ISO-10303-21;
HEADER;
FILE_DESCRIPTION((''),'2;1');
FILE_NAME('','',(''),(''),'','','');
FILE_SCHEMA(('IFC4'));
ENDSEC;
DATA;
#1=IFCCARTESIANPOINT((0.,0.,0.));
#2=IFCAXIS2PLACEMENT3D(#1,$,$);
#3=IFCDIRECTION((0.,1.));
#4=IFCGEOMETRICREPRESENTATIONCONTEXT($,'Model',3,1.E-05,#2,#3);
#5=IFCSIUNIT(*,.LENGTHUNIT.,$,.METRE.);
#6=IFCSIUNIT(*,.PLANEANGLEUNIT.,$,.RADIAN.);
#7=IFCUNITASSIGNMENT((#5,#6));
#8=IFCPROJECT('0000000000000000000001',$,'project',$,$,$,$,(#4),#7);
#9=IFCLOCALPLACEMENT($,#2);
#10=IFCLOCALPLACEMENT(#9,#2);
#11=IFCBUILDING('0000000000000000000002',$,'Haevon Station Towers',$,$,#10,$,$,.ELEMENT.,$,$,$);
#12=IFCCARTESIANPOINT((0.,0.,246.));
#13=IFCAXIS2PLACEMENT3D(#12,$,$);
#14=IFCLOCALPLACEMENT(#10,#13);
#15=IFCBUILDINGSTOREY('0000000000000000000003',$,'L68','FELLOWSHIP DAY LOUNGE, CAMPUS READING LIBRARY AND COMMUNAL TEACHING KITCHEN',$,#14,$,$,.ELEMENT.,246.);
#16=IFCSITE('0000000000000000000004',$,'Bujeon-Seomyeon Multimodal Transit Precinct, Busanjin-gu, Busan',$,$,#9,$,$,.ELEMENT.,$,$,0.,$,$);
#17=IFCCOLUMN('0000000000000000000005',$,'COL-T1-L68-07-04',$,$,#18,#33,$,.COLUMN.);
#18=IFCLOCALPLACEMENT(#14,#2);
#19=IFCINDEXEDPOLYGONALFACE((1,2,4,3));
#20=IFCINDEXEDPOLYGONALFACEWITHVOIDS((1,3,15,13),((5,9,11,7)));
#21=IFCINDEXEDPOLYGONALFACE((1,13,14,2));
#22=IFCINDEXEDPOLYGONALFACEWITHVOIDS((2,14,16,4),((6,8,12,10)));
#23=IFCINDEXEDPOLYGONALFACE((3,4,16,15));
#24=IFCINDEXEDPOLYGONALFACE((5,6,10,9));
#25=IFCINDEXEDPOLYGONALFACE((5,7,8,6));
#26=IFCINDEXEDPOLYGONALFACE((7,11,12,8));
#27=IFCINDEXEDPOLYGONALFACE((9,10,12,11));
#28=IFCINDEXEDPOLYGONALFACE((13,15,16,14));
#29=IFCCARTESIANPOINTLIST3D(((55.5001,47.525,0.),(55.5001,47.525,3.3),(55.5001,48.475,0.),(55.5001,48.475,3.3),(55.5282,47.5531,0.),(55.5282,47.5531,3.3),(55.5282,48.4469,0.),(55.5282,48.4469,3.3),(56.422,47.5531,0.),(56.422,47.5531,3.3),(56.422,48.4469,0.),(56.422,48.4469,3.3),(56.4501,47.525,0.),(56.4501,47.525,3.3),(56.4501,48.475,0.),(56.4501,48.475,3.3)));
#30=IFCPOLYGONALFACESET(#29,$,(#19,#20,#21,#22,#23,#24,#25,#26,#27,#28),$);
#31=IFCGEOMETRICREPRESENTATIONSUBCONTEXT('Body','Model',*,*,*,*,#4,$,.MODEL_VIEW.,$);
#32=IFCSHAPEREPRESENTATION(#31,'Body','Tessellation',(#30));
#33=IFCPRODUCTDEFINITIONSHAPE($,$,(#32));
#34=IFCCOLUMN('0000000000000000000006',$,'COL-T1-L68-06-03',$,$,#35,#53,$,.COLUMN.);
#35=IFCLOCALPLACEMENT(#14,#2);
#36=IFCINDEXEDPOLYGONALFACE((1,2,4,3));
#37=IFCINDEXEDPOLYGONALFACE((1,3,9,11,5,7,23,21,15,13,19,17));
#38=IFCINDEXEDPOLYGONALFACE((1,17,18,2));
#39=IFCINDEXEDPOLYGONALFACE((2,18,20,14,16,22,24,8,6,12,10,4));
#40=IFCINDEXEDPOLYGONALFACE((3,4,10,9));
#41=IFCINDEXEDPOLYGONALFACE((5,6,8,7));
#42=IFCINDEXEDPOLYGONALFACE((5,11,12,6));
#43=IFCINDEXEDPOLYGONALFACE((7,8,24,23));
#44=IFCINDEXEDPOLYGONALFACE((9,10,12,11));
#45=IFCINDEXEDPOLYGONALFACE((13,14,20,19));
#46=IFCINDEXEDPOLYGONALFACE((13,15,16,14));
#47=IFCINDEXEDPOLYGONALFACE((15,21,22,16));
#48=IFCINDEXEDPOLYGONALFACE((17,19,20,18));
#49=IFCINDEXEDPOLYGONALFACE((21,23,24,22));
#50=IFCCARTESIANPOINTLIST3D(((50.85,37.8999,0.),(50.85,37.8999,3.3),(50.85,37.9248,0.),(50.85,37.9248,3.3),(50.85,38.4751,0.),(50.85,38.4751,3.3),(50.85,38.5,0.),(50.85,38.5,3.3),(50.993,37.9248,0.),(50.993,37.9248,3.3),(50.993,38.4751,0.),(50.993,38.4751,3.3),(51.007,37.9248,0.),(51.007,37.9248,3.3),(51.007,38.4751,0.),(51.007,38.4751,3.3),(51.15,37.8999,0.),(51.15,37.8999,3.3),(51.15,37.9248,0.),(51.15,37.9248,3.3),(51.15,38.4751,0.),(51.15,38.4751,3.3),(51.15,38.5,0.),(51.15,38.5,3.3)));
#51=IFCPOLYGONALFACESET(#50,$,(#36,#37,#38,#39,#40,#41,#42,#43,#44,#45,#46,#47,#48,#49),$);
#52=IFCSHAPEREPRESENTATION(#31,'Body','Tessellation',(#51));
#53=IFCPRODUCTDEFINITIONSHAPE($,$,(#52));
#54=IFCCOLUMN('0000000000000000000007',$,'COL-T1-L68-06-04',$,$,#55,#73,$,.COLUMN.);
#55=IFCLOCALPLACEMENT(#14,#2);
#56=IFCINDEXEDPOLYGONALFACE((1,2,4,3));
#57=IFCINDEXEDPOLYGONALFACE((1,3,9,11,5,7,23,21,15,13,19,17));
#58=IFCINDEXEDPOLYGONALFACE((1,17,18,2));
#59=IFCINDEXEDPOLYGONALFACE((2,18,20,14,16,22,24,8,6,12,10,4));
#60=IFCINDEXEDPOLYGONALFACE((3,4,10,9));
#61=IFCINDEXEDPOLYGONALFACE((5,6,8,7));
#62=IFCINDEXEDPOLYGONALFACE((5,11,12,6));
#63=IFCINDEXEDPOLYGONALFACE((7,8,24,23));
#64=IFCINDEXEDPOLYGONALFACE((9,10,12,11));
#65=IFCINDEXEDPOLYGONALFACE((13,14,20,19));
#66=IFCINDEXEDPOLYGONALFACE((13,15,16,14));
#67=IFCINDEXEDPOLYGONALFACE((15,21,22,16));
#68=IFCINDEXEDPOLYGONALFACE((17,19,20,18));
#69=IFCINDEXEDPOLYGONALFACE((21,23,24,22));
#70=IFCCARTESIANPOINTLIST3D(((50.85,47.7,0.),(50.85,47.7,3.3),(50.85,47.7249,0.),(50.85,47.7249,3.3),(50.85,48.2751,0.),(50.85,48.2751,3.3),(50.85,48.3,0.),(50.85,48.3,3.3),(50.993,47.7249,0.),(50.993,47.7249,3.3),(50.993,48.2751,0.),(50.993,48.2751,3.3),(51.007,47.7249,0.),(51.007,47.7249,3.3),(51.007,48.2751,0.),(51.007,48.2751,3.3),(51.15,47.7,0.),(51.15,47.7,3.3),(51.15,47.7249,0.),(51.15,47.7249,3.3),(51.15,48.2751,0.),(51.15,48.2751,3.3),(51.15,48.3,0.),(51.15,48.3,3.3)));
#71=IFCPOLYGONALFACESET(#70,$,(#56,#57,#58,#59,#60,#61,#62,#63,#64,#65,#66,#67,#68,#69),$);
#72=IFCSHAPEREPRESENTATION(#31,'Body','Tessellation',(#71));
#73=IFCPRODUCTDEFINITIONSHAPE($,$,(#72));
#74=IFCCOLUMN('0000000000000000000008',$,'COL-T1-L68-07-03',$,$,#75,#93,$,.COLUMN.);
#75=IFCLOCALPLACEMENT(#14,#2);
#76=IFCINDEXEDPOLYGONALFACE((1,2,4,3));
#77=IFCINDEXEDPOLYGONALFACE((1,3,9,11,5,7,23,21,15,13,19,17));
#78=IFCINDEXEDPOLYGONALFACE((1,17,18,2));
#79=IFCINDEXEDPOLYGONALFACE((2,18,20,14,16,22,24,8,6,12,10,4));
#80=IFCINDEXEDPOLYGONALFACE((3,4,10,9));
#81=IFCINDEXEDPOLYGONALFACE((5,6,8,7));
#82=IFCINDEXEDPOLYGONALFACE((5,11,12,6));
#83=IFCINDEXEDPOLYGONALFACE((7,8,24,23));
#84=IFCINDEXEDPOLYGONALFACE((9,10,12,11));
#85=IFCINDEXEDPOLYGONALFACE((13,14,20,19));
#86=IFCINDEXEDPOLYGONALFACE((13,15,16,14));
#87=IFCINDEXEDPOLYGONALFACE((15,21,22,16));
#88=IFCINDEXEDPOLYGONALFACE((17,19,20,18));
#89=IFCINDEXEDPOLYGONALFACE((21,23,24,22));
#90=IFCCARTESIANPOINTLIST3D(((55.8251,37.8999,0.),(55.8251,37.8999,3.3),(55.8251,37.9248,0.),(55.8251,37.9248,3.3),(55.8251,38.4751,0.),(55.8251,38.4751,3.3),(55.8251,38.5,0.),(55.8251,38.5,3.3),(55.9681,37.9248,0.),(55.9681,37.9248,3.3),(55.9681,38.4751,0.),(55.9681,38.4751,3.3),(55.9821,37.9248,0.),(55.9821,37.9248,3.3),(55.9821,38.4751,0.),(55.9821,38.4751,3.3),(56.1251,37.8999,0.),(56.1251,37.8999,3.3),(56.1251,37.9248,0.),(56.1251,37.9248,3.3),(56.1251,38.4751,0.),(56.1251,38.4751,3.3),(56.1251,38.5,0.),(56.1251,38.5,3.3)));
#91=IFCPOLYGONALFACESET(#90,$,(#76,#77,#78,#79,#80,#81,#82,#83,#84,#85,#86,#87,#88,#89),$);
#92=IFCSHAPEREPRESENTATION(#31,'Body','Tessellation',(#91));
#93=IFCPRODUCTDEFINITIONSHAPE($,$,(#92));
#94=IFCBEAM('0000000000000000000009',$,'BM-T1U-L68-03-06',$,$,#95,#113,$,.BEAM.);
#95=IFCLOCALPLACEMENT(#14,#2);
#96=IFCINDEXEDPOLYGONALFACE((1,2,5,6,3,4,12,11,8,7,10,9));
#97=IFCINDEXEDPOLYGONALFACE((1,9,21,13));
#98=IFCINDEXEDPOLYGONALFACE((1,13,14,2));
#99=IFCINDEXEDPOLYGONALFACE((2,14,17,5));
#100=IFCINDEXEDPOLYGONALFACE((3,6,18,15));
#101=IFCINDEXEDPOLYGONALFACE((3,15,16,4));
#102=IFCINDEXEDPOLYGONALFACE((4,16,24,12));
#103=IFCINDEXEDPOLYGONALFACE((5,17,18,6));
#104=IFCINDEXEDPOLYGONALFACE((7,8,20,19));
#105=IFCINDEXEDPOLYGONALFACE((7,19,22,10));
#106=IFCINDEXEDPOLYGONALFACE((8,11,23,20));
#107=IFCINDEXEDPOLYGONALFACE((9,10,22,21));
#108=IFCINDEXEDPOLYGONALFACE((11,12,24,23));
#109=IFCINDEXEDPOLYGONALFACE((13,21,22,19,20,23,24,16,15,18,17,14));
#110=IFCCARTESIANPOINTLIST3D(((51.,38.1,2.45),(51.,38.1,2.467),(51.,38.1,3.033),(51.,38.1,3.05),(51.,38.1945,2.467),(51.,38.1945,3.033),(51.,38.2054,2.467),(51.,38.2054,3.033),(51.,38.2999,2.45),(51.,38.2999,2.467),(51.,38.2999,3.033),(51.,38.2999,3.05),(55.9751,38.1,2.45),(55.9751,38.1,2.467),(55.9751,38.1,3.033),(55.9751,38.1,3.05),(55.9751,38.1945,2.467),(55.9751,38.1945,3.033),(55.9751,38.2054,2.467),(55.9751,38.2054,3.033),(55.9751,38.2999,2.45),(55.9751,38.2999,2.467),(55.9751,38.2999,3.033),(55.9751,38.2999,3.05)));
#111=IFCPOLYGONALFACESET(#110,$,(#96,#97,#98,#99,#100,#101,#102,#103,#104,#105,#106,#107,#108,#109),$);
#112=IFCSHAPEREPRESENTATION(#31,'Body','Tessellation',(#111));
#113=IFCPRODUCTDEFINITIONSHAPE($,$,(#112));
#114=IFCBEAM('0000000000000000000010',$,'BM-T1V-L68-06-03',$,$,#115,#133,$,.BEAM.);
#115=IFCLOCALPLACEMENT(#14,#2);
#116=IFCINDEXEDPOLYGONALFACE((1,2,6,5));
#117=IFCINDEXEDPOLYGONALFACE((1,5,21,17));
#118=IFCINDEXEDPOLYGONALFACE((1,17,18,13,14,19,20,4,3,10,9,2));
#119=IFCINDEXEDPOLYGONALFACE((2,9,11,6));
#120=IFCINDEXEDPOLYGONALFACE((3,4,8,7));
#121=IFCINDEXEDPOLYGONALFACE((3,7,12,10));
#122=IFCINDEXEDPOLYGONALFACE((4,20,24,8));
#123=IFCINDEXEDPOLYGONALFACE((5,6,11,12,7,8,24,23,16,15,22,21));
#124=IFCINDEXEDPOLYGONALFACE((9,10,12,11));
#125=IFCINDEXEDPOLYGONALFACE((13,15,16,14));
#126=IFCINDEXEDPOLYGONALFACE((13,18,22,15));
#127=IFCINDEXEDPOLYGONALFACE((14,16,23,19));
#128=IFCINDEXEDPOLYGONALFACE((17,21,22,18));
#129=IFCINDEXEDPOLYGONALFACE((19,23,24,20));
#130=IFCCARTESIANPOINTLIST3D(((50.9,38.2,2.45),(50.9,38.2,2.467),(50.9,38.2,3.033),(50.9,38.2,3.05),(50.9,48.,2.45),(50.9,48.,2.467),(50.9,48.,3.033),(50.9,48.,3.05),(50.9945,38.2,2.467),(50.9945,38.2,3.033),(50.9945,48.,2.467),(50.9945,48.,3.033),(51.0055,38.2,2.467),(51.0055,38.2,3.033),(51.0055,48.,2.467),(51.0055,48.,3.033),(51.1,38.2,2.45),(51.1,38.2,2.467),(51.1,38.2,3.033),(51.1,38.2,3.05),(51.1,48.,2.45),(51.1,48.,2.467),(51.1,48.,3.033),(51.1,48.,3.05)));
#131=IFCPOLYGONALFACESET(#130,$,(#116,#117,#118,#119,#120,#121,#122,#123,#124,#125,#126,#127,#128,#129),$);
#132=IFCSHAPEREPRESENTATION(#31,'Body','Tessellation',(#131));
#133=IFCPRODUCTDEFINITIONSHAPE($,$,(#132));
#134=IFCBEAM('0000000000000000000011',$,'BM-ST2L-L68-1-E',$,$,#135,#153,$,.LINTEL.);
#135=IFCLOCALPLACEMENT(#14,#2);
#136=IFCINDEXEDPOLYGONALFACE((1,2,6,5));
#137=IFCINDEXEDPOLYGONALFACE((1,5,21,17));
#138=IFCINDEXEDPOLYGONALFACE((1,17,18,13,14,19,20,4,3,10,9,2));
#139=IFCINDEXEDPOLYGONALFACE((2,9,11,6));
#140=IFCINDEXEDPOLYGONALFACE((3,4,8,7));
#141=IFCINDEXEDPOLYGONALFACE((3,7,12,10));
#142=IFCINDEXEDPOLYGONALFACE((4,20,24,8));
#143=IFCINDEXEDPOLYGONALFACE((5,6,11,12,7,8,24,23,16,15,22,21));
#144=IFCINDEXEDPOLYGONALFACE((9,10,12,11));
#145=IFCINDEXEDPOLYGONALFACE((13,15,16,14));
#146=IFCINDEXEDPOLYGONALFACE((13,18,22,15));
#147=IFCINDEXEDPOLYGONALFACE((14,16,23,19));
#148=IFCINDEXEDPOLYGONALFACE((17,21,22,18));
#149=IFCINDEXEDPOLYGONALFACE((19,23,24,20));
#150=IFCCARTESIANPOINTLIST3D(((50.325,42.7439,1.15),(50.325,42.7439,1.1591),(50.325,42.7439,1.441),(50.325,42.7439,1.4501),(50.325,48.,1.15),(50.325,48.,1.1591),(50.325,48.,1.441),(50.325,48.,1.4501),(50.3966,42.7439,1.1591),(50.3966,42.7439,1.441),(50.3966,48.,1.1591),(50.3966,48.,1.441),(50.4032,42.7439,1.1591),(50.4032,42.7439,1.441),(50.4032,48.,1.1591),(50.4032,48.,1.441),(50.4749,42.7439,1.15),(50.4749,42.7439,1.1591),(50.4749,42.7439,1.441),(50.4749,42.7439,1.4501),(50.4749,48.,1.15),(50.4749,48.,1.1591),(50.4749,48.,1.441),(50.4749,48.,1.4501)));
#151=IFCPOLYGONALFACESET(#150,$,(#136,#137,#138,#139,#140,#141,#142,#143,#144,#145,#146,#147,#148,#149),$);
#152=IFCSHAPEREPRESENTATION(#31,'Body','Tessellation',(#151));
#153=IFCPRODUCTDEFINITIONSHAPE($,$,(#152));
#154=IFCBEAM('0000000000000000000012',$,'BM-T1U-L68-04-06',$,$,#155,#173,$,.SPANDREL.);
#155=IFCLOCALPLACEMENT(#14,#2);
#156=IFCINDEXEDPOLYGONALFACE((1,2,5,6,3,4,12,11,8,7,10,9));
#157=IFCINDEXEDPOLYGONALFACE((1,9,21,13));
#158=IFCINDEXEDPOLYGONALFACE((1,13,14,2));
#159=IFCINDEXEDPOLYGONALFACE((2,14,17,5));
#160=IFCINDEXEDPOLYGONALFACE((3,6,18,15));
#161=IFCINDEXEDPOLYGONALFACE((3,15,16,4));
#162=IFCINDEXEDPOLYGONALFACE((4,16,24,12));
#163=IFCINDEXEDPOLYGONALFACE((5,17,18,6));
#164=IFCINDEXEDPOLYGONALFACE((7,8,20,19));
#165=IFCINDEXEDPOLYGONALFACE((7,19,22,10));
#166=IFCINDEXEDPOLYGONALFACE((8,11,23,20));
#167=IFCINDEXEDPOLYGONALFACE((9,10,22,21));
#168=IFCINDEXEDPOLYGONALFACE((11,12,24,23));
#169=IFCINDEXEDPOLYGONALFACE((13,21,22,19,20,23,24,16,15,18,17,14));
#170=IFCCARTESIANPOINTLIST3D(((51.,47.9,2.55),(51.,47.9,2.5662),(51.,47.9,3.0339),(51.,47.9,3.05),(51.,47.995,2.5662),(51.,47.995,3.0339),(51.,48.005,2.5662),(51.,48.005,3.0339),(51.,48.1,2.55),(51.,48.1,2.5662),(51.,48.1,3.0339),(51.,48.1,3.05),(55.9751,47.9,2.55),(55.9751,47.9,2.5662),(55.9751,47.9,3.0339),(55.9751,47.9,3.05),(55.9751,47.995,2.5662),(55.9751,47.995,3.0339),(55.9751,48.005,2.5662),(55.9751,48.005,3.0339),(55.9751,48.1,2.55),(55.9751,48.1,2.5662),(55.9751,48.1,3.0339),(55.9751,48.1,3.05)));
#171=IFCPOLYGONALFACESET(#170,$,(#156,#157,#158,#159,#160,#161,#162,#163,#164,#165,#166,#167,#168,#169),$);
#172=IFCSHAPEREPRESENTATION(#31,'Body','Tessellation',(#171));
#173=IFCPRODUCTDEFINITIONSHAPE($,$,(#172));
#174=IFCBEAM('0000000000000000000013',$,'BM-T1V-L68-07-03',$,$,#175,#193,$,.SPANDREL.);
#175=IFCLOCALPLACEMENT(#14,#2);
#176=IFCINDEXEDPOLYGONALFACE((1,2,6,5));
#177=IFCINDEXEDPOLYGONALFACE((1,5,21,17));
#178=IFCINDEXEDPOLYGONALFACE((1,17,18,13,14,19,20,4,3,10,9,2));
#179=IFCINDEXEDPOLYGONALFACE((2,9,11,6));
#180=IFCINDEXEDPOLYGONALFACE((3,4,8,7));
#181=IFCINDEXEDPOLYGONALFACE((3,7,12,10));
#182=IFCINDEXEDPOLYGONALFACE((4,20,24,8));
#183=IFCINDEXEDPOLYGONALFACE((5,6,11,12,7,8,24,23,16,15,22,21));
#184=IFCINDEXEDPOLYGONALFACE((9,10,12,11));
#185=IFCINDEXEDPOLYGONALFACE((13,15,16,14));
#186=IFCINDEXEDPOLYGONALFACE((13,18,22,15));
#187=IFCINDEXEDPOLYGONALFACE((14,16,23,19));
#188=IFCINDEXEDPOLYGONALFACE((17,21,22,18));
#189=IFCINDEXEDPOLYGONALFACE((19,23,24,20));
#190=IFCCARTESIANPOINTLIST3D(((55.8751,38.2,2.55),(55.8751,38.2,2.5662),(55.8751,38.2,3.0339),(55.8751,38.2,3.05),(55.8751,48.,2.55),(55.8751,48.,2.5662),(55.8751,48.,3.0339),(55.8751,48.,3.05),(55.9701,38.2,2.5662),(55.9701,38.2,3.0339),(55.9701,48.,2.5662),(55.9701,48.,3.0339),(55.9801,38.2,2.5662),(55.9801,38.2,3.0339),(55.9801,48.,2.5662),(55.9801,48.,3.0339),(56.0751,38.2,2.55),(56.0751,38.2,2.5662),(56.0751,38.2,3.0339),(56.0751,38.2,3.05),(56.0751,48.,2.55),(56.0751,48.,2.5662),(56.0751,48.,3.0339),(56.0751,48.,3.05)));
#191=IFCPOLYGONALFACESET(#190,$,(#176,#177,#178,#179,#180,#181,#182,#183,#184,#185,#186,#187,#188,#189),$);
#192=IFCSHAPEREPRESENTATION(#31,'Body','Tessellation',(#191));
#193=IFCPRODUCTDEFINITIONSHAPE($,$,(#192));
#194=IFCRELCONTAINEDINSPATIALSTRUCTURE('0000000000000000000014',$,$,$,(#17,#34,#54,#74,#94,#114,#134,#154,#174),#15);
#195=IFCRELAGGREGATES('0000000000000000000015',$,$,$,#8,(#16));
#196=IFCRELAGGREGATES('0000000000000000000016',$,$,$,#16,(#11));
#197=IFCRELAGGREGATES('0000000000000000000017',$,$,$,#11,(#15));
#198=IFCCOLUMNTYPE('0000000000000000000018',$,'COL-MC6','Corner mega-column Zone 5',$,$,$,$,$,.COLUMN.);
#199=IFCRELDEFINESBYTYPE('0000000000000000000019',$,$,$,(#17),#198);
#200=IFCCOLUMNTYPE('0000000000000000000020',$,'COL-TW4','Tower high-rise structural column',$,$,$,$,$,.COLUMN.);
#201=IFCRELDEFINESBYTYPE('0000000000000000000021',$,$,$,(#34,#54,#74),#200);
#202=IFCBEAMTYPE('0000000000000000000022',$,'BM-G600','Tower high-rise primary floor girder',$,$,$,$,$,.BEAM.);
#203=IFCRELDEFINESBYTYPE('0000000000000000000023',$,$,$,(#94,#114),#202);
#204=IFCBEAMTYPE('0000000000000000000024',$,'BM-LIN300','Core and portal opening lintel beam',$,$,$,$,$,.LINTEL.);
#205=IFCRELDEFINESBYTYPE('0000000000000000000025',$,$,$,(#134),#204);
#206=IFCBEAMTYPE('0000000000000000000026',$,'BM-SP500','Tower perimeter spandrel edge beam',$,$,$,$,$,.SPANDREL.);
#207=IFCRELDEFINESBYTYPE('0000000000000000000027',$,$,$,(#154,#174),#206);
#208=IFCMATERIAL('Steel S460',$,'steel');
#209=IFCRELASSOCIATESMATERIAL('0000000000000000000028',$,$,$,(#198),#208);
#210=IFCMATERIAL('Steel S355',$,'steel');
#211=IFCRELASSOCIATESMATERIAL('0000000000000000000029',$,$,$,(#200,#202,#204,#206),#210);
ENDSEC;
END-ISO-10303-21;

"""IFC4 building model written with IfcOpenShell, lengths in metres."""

from ifc_helpers import new_model, si_unit, direction, frame, origin, origin_2d, place, context, subcontext, project, spatial, hollow_rectangle, i_section, extrude, material, material_profile, profile_set, type_object, element, save


model = new_model("IFC4")

# Units and contexts
model_context = context("Model", 3, precision=1e-05, world=origin(), true_north=direction((0.0, 1.0)))
body_context = subcontext(model_context, "Body", "Model", "MODEL_VIEW")
ifc_project = project(units=[si_unit("LENGTHUNIT", "METRE"), si_unit("PLANEANGLEUNIT", "RADIAN")], contexts=[model_context])

# Site, building, storey
site_placement = place(None, origin())
site = spatial("IfcSite", under=ifc_project, at=site_placement, Name="Bujeon-Seomyeon Multimodal Transit Precinct, Busanjin-gu, Busan", CompositionType="ELEMENT", RefElevation=0.0)
building_placement = place(site_placement, origin())
building = spatial("IfcBuilding", under=site, at=building_placement, Name="Haevon Station Towers", CompositionType="ELEMENT")
storey_placement = place(building_placement, frame((0.0, 0.0, 246.0)))
storey = spatial("IfcBuildingStorey", under=building, at=storey_placement, Name="L68", Description="FELLOWSHIP DAY LOUNGE, CAMPUS READING LIBRARY AND COMMUNAL TEACHING KITCHEN", CompositionType="ELEMENT", Elevation=246.0)

# Columns
ifc_material_1 = material(Name="Steel S460", Category="steel")
ifc_material_profile_1 = material_profile(ifc_material_1, hollow_rectangle(XDim=0.95, YDim=0.95, WallThickness=0.0281, at=origin_2d()), Name="BOX-950x950x28")
ifc_profile_set_1 = profile_set([ifc_material_profile_1], Name="Steel S460")
column_type_1 = type_object("IfcColumnType", Name="COL-MC6", Description="Corner mega-column Zone 5", PredefinedType="COLUMN", material=ifc_profile_set_1)
column_placement = place(storey_placement, frame((55.9751, 48.0, 0.0), z_axis=(0.0, 0.0, 1.0), x_axis=(1.0, 0.0, 0.0)))
element("IfcColumn", 1, at=column_placement, inside=storey, type_object=column_type_1, Name="COL-T1-L68-07-04", PredefinedType="COLUMN", context=body_context, shape_type="SweptSolid", body=[
    extrude(hollow_rectangle(XDim=0.95, YDim=0.95, WallThickness=0.0281, at=origin_2d()), origin(), (0.0, 0.0, 1.0), 3.3),
])
ifc_material_2 = material(Name="Steel S355", Category="steel")
ifc_material_profile_2 = material_profile(ifc_material_2, i_section(OverallWidth=0.3, OverallDepth=0.6001, WebThickness=0.0139, FlangeThickness=0.0249, at=origin_2d()), Name="H-600x300x14x25")
ifc_profile_set_2 = profile_set([ifc_material_profile_2], Name="Steel S355")
column_type_2 = type_object("IfcColumnType", Name="COL-TW4", Description="Tower high-rise structural column", PredefinedType="COLUMN", material=ifc_profile_set_2)
for number, where, z_axis, x_axis, name in (
    (2, (51.0, 38.2, 0.0), (0.0, 0.0, 1.0), (1.0, 0.0, 0.0), "COL-T1-L68-06-03"),
    (3, (51.0, 48.0, 0.0), (0.0, 0.0, 1.0), (1.0, 0.0, 0.0), "COL-T1-L68-06-04"),
    (4, (55.9751, 38.2, 0.0), (0.0, 0.0, 1.0), (1.0, 0.0, 0.0), "COL-T1-L68-07-03"),
):
    element("IfcColumn", number, at=place(storey_placement, frame(where, z_axis=z_axis, x_axis=x_axis)), inside=storey, type_object=column_type_2, Name=name, PredefinedType="COLUMN", context=body_context, shape_type="SweptSolid", body=[
        extrude(i_section(OverallWidth=0.3, OverallDepth=0.6001, WebThickness=0.0139, FlangeThickness=0.0249, at=origin_2d()), origin(), (0.0, 0.0, 1.0), 3.3),
    ])

# Beams
ifc_material_profile_3 = material_profile(ifc_material_2, i_section(OverallWidth=0.2, OverallDepth=0.6001, WebThickness=0.011, FlangeThickness=0.0171, at=origin_2d()), Name="H-600x200x11x17")
ifc_profile_set_3 = profile_set([ifc_material_profile_3], Name="Steel S355")
beam_type_1 = type_object("IfcBeamType", Name="BM-G600", Description="Tower high-rise primary floor girder", PredefinedType="BEAM", material=ifc_profile_set_3)
beam_1_placement = place(storey_placement, frame((51.0, 38.2, 2.75), z_axis=(1.0, 0.0, 0.0), x_axis=(0.0, 1.0, 0.0)))
element("IfcBeam", 5, at=beam_1_placement, inside=storey, type_object=beam_type_1, Name="BM-T1U-L68-03-06", PredefinedType="BEAM", context=body_context, shape_type="SweptSolid", body=[
    extrude(i_section(OverallWidth=0.2, OverallDepth=0.6001, WebThickness=0.011, FlangeThickness=0.0171, at=origin_2d()), origin(), (0.0, 0.0, 1.0), 4.9751),
])
beam_2_placement = place(storey_placement, frame((51.0, 38.2, 2.75), z_axis=(0.0, 1.0, 0.0), x_axis=(-1.0, 0.0, 0.0)))
element("IfcBeam", 6, at=beam_2_placement, inside=storey, type_object=beam_type_1, Name="BM-T1V-L68-06-03", PredefinedType="BEAM", context=body_context, shape_type="SweptSolid", body=[
    extrude(i_section(OverallWidth=0.2, OverallDepth=0.6001, WebThickness=0.011, FlangeThickness=0.0171, at=origin_2d()), origin(), (0.0, 0.0, 1.0), 9.8),
])
ifc_material_profile_4 = material_profile(ifc_material_2, i_section(OverallWidth=0.1499, OverallDepth=0.3, WebThickness=0.0066, FlangeThickness=0.009, at=origin_2d()), Name="H-300x150x6.5x9")
ifc_profile_set_4 = profile_set([ifc_material_profile_4], Name="Steel S355")
beam_type_2 = type_object("IfcBeamType", Name="BM-LIN300", Description="Core and portal opening lintel beam", PredefinedType="LINTEL", material=ifc_profile_set_4)
beam_3_placement = place(storey_placement, frame((50.3999, 42.7439, 1.3), z_axis=(0.0, 1.0, 0.0), x_axis=(-1.0, 0.0, 0.0)))
element("IfcBeam", 7, at=beam_3_placement, inside=storey, type_object=beam_type_2, Name="BM-ST2L-L68-1-E", PredefinedType="LINTEL", context=body_context, shape_type="SweptSolid", body=[
    extrude(i_section(OverallWidth=0.1499, OverallDepth=0.3, WebThickness=0.0066, FlangeThickness=0.009, at=origin_2d()), origin(), (0.0, 0.0, 1.0), 5.2561),
])
ifc_material_profile_5 = material_profile(ifc_material_2, i_section(OverallWidth=0.2, OverallDepth=0.5, WebThickness=0.01, FlangeThickness=0.0161, at=origin_2d()), Name="H-500x200x10x16")
ifc_profile_set_5 = profile_set([ifc_material_profile_5], Name="Steel S355")
beam_type_3 = type_object("IfcBeamType", Name="BM-SP500", Description="Tower perimeter spandrel edge beam", PredefinedType="SPANDREL", material=ifc_profile_set_5)
beam_4_placement = place(storey_placement, frame((51.0, 48.0, 2.8), z_axis=(1.0, 0.0, 0.0), x_axis=(0.0, 1.0, 0.0)))
element("IfcBeam", 8, at=beam_4_placement, inside=storey, type_object=beam_type_3, Name="BM-T1U-L68-04-06", PredefinedType="SPANDREL", context=body_context, shape_type="SweptSolid", body=[
    extrude(i_section(OverallWidth=0.2, OverallDepth=0.5, WebThickness=0.01, FlangeThickness=0.0161, at=origin_2d()), origin(), (0.0, 0.0, 1.0), 4.9751),
])
beam_5_placement = place(storey_placement, frame((55.9751, 38.2, 2.8), z_axis=(0.0, 1.0, 0.0), x_axis=(-1.0, 0.0, 0.0)))
element("IfcBeam", 9, at=beam_5_placement, inside=storey, type_object=beam_type_3, Name="BM-T1V-L68-07-03", PredefinedType="SPANDREL", context=body_context, shape_type="SweptSolid", body=[
    extrude(i_section(OverallWidth=0.2, OverallDepth=0.5, WebThickness=0.01, FlangeThickness=0.0161, at=origin_2d()), origin(), (0.0, 0.0, 1.0), 9.8),
])

save(model, "model.ifc")
